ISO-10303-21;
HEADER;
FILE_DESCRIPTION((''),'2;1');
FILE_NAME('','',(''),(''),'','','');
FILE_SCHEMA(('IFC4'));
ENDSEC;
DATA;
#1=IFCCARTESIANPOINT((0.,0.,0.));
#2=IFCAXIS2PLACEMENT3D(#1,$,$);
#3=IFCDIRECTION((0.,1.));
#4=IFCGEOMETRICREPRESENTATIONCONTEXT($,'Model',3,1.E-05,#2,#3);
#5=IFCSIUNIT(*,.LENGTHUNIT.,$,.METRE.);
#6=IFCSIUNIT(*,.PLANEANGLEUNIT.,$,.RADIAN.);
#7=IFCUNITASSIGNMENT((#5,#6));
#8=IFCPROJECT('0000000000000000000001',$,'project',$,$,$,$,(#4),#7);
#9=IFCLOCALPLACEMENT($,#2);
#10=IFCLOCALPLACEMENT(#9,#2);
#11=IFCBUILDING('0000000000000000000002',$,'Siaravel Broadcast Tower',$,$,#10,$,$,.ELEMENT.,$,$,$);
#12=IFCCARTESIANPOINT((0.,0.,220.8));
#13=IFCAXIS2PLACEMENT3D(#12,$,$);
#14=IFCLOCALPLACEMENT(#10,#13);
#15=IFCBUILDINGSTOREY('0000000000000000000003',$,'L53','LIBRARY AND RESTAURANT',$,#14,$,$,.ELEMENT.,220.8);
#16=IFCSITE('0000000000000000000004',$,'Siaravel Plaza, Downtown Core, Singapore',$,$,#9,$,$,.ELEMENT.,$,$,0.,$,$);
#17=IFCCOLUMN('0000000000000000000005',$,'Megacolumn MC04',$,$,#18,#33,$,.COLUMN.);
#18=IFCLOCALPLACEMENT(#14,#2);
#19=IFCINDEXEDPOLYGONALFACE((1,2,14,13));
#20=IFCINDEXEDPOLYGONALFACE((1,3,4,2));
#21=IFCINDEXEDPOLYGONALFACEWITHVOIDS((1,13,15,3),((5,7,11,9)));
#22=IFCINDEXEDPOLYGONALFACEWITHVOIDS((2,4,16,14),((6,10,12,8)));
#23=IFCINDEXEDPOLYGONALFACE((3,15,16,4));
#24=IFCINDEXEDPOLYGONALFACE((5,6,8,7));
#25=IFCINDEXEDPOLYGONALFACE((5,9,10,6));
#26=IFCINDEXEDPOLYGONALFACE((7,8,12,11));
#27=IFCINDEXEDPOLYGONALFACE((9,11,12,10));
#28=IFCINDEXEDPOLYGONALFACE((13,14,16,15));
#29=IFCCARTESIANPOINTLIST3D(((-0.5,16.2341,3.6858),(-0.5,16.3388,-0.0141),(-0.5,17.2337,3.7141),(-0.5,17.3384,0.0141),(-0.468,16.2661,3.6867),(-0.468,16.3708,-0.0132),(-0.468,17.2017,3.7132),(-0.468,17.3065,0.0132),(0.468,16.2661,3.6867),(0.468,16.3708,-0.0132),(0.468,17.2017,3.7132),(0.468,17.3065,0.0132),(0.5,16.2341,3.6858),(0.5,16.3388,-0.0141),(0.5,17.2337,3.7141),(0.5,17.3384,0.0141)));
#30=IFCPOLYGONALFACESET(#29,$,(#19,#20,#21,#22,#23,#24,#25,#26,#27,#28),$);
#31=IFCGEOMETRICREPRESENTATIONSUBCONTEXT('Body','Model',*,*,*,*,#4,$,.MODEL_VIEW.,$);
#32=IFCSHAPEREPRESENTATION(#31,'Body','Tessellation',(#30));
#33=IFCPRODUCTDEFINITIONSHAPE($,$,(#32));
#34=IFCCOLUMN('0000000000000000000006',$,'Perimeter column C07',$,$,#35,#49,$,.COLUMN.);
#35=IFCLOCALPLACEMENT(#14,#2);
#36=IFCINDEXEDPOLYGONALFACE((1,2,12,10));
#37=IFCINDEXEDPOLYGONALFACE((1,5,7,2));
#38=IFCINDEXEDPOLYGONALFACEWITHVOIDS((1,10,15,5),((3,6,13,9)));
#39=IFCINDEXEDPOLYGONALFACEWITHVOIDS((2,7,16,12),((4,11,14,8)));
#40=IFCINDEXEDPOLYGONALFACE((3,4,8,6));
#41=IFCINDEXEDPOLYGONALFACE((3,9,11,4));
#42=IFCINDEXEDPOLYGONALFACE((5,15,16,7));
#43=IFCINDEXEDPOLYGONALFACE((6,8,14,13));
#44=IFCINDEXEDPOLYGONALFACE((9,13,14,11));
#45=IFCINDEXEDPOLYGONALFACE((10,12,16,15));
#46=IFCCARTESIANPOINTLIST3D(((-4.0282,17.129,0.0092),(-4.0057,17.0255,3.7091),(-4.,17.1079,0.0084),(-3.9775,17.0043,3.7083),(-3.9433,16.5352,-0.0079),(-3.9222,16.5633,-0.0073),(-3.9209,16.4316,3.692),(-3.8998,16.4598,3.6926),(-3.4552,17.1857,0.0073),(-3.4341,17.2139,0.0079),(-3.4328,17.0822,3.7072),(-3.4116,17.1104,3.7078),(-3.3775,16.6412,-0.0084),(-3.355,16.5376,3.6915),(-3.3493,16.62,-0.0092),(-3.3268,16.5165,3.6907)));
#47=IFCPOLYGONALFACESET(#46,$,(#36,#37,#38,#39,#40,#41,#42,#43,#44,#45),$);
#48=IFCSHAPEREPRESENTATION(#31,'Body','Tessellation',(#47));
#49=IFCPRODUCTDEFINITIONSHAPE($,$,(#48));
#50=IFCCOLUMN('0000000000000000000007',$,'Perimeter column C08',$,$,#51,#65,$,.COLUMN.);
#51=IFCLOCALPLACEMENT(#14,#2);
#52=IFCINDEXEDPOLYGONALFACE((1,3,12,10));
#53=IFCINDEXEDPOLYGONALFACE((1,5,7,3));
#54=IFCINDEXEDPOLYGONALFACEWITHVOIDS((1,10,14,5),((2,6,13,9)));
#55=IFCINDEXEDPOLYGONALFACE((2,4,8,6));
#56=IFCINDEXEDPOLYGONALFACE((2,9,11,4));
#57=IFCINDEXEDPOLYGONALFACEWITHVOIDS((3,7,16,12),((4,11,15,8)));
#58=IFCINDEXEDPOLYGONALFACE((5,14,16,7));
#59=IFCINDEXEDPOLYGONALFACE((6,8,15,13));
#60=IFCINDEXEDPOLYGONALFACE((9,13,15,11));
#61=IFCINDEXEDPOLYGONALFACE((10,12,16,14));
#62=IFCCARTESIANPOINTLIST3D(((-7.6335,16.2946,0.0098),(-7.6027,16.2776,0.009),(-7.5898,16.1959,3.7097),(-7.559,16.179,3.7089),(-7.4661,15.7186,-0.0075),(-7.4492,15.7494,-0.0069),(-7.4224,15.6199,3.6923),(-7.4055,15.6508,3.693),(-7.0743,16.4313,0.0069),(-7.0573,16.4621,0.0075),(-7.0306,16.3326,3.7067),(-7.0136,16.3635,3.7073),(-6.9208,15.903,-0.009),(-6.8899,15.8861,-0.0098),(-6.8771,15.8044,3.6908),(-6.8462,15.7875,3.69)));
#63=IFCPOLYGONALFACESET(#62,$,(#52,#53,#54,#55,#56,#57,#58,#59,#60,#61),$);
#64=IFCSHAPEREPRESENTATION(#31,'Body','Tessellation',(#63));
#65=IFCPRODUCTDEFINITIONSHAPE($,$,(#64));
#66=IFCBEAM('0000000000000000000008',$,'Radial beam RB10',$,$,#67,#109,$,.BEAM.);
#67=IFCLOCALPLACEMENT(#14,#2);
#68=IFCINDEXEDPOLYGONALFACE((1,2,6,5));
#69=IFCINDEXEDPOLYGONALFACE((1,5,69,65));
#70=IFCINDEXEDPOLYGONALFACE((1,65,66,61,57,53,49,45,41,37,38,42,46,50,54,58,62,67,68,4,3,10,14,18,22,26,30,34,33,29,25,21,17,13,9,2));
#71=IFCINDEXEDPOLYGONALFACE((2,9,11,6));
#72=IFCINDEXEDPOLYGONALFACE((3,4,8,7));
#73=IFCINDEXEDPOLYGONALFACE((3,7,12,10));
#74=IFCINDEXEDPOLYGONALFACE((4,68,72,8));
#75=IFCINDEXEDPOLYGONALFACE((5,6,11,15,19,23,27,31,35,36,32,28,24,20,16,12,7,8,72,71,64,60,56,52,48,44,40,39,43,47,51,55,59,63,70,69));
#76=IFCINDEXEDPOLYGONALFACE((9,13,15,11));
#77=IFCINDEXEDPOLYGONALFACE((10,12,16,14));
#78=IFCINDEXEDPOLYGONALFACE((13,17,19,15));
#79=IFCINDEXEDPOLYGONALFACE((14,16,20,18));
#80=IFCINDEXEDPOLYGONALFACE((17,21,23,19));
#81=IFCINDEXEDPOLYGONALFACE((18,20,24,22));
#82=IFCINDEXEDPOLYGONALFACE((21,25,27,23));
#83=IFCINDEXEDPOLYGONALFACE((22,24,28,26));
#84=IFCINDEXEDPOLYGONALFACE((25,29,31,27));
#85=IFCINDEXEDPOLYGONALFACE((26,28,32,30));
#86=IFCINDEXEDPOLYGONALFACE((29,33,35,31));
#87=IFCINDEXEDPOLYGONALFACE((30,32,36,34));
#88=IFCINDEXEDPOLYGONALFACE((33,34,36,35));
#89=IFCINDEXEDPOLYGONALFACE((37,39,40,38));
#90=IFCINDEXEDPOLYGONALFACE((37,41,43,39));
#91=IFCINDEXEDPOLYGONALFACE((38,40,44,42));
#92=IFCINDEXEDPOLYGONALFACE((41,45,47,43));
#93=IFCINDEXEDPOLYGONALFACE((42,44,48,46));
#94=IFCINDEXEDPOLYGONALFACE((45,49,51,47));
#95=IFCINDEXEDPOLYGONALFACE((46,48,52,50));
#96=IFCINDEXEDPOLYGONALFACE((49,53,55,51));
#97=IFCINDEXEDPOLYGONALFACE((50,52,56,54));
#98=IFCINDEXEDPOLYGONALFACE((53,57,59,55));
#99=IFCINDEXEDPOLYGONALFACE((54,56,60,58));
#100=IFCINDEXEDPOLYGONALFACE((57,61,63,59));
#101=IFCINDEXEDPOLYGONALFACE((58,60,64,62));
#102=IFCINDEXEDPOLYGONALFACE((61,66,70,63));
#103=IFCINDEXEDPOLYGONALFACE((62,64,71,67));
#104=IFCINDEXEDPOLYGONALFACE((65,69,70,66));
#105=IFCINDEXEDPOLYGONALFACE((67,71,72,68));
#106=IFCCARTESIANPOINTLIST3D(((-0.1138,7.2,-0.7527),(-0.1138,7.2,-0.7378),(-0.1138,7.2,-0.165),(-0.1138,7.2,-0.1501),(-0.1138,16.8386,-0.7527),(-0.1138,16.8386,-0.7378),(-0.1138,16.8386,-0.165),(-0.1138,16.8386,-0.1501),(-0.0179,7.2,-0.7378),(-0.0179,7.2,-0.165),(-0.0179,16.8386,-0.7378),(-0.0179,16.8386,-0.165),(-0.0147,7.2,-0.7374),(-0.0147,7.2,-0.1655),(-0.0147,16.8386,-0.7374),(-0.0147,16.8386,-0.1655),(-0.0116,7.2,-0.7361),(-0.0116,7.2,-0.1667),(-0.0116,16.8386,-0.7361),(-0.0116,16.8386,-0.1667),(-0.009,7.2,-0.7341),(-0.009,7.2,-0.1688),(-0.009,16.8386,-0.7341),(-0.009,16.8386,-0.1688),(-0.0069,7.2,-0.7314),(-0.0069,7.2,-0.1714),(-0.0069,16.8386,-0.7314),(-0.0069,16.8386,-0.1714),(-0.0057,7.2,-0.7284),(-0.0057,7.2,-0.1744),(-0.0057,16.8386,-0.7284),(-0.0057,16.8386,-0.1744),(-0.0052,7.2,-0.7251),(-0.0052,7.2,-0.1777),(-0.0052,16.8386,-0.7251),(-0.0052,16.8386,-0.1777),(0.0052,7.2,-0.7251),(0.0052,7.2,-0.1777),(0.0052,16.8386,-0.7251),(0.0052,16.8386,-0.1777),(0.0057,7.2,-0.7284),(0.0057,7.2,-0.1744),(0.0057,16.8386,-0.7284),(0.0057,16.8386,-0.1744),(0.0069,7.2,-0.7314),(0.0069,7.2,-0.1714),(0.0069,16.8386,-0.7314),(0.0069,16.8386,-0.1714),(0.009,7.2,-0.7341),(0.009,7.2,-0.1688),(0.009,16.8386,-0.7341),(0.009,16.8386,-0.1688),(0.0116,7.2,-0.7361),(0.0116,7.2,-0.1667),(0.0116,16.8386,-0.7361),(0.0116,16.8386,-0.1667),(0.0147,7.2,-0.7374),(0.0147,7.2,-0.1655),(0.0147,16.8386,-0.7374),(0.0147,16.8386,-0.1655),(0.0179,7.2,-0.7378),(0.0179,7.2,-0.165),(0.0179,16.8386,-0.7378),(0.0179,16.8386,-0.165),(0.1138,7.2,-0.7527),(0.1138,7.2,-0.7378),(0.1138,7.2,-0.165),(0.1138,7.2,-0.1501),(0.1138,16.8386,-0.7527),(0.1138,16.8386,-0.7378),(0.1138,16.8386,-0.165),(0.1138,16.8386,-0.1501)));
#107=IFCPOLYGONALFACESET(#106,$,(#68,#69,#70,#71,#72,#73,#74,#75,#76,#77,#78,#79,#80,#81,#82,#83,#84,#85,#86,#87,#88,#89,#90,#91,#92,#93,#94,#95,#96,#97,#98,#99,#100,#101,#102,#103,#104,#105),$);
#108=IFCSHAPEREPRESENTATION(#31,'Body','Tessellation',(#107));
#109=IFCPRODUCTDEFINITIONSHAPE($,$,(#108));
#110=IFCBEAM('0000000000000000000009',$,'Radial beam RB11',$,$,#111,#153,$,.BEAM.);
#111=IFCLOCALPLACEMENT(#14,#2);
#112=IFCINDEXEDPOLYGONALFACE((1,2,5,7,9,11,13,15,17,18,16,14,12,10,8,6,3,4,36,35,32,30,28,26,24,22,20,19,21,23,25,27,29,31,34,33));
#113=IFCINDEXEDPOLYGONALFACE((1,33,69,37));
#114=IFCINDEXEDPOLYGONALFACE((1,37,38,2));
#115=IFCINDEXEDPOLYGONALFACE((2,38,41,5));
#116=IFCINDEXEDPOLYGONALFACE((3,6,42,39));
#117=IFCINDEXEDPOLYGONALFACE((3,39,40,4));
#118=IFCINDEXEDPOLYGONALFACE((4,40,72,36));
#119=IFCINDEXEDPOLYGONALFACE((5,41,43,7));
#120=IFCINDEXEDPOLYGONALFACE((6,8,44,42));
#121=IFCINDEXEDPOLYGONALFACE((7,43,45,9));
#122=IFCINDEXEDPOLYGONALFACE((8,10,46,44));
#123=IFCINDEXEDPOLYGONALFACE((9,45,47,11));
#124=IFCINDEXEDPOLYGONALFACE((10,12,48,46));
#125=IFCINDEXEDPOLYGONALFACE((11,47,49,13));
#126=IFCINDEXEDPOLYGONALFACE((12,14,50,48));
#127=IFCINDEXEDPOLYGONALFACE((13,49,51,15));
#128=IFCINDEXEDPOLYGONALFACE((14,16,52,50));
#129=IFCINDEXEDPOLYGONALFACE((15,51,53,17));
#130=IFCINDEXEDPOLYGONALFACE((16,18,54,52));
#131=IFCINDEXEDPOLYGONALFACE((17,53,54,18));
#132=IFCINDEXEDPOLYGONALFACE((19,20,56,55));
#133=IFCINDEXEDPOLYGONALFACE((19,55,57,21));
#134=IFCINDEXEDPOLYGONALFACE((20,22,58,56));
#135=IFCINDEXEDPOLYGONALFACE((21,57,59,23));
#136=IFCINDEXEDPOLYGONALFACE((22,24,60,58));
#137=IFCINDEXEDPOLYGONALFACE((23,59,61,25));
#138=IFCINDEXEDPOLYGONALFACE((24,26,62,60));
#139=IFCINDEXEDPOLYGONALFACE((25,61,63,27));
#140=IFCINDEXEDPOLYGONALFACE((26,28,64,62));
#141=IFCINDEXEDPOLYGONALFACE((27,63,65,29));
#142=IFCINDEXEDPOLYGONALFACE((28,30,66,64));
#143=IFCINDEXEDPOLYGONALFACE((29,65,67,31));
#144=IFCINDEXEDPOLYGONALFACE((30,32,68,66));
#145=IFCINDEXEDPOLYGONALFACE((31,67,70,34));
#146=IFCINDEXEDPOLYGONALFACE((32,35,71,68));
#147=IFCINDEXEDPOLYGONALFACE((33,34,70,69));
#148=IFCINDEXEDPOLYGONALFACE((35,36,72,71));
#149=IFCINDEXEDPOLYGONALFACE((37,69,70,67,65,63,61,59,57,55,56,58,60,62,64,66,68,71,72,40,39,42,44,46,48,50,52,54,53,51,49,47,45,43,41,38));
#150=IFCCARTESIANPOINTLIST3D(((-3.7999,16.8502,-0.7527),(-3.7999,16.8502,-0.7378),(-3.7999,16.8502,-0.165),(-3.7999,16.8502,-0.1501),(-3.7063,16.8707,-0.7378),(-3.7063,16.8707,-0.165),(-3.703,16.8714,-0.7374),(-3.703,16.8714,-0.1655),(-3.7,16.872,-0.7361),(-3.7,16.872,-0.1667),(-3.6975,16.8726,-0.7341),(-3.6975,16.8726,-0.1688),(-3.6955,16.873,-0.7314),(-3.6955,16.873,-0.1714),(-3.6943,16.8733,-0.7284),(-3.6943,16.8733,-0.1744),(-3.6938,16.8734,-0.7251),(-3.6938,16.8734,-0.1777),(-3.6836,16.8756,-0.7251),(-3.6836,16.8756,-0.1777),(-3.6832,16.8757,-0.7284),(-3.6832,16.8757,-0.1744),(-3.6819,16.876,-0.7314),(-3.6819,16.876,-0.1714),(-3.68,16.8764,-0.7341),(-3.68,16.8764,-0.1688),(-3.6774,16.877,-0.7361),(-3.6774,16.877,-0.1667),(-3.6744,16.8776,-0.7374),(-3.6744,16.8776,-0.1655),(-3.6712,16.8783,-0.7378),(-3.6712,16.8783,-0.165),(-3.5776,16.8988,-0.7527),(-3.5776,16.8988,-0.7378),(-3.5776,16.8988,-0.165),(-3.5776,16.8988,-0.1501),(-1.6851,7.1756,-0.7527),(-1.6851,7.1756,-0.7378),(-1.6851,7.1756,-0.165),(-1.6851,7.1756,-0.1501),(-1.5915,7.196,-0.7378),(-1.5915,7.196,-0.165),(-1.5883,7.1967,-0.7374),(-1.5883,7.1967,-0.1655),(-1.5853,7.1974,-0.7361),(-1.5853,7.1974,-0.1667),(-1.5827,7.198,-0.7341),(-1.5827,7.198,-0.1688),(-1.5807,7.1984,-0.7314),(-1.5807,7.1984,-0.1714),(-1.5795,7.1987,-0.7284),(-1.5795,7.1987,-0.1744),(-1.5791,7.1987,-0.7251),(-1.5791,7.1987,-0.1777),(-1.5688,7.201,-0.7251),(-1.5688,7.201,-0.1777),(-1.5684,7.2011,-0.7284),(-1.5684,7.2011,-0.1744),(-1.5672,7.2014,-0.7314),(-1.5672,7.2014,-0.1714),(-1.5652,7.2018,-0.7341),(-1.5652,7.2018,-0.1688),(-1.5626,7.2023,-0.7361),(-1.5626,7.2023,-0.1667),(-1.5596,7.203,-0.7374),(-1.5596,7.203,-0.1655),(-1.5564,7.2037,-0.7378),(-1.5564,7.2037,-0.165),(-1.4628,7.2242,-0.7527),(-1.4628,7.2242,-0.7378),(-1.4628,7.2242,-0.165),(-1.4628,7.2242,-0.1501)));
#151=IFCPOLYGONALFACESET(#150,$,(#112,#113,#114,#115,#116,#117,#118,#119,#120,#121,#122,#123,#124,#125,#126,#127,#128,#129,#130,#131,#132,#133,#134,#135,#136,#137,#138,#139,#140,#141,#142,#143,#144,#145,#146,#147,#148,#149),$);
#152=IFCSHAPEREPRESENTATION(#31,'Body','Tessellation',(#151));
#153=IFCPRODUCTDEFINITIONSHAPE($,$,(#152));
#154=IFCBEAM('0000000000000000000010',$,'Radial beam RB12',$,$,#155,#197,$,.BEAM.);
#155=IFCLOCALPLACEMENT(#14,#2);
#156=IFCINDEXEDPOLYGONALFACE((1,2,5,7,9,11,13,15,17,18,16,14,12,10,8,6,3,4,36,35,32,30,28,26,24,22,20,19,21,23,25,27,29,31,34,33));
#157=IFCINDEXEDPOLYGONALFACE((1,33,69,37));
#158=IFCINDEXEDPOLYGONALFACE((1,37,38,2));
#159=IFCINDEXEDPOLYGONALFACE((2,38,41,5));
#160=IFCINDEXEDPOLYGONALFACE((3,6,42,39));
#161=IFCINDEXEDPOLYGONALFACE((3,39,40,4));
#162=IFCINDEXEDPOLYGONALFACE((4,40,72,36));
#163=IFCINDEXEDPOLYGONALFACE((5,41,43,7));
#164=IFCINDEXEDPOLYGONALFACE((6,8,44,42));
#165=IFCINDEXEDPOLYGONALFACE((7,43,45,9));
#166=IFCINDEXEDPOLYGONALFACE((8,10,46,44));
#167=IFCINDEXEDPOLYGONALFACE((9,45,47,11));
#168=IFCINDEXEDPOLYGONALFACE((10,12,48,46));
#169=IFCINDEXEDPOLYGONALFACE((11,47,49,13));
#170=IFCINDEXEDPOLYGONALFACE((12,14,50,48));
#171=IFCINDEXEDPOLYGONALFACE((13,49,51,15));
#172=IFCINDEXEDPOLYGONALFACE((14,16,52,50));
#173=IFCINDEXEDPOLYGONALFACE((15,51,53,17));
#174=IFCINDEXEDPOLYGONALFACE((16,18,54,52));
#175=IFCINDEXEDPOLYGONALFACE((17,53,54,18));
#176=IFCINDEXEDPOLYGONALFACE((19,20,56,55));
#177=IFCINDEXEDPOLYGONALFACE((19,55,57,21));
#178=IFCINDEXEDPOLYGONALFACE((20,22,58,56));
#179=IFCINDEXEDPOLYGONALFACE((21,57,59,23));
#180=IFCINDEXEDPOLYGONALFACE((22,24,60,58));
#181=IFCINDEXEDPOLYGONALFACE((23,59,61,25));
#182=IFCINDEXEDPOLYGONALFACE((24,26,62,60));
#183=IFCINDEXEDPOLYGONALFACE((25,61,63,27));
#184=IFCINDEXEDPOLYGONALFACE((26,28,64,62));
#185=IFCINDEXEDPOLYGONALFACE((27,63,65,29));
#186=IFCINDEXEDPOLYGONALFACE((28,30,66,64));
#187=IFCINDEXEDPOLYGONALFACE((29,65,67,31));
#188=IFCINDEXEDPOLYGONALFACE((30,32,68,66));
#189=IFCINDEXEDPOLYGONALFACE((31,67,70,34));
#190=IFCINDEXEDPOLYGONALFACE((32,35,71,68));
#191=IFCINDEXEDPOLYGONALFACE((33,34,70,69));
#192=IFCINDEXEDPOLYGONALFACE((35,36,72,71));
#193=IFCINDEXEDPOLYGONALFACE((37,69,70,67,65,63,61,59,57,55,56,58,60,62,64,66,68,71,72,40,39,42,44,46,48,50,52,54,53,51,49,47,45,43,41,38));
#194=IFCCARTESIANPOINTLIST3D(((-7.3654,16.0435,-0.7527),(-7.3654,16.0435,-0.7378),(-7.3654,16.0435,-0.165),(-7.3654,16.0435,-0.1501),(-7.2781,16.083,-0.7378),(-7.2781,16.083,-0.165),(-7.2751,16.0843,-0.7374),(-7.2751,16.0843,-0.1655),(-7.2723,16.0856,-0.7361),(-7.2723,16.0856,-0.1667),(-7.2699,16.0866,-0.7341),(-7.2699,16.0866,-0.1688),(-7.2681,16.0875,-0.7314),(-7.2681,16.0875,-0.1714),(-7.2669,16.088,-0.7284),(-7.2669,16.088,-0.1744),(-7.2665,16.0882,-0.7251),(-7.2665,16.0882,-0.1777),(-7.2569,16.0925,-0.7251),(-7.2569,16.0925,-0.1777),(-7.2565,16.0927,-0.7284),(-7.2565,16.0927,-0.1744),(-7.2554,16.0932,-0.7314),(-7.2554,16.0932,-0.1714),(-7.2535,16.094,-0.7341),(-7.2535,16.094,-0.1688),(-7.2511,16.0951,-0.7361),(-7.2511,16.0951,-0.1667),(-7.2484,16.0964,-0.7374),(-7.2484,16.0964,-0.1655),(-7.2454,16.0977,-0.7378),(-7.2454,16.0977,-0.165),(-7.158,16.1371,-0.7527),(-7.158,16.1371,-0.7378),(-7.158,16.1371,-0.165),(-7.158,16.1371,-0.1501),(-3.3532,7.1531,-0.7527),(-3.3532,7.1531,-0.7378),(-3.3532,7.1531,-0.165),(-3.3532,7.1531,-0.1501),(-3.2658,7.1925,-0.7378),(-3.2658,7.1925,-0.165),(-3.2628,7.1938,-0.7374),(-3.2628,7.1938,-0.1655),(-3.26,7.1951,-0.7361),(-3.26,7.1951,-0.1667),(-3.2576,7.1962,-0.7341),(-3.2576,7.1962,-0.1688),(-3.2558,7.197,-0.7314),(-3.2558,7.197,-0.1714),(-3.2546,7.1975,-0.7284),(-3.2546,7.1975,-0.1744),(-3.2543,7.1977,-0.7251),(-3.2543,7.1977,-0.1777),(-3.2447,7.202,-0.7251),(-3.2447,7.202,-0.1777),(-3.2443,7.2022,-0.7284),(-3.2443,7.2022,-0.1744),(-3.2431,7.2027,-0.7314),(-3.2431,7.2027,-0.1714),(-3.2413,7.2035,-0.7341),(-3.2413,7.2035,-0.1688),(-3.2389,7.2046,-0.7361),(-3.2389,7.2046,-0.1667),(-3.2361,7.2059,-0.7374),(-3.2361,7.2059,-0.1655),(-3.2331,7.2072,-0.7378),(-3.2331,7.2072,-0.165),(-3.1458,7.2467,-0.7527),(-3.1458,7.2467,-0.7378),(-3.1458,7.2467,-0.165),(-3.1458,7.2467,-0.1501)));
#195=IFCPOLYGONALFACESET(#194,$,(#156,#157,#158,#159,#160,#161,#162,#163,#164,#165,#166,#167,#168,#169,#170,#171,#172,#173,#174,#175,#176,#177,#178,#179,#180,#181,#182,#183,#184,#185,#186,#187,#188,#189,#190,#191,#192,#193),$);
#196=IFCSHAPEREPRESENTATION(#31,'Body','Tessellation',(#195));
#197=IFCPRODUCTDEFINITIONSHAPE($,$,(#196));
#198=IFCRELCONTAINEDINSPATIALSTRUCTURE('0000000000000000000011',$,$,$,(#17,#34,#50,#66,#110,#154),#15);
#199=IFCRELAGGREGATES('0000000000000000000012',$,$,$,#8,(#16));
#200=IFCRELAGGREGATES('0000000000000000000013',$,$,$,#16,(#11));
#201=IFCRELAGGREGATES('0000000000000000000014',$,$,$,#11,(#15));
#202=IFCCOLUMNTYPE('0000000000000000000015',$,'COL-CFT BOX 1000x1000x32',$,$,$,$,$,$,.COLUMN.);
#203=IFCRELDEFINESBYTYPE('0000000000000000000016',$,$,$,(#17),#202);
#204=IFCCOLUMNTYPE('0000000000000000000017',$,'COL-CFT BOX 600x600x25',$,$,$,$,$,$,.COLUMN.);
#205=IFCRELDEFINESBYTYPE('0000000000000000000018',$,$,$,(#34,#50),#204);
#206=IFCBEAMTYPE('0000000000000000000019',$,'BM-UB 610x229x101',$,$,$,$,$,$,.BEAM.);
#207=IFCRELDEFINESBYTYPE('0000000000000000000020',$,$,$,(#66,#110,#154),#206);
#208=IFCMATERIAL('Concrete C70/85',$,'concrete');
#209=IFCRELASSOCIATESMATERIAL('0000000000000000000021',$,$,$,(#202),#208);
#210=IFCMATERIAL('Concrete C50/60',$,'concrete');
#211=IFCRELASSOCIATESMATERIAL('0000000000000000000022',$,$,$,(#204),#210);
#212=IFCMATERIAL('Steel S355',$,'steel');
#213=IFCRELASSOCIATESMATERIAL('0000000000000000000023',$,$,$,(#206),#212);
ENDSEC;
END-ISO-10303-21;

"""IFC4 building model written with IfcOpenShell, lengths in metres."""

from ifc_helpers import new_model, si_unit, direction, frame, origin, origin_2d, place, context, subcontext, project, spatial, hollow_rectangle, i_section, extrude, material, material_profile, profile_set, type_object, element, save


model = new_model("IFC4")

# Units and contexts
model_context = context("Model", 3, precision=1e-05, world=origin(), true_north=direction((0.0, 1.0)))
body_context = subcontext(model_context, "Body", "Model", "MODEL_VIEW")
ifc_project = project(units=[si_unit("LENGTHUNIT", "METRE"), si_unit("PLANEANGLEUNIT", "RADIAN")], contexts=[model_context])

# Site, building, storey
site_placement = place(None, origin())
site = spatial("IfcSite", under=ifc_project, at=site_placement, Name="Siaravel Plaza, Downtown Core, Singapore", CompositionType="ELEMENT", RefElevation=0.0)
building_placement = place(site_placement, origin())
building = spatial("IfcBuilding", under=site, at=building_placement, Name="Siaravel Broadcast Tower", CompositionType="ELEMENT")
storey_placement = place(building_placement, frame((0.0, 0.0, 220.8)))
storey = spatial("IfcBuildingStorey", under=building, at=storey_placement, Name="L53", Description="LIBRARY AND RESTAURANT", CompositionType="ELEMENT", Elevation=220.8)

# Columns
ifc_material_1 = material(Name="Concrete C70/85", Category="concrete")
ifc_material_profile_1 = material_profile(ifc_material_1, hollow_rectangle(XDim=1.0, YDim=1.0, WallThickness=0.032, at=origin_2d()))
ifc_profile_set_1 = profile_set([ifc_material_profile_1], Name="Concrete C70/85")
column_type_1 = type_object("IfcColumnType", Name="COL-CFT BOX 1000x1000x32", PredefinedType="COLUMN", material=ifc_profile_set_1)
column_placement = place(storey_placement, frame((0.0, 16.8386, 0.0), z_axis=(0.0, -0.028296, 0.9996), x_axis=(1.0, 0.0, 0.0)))
element("IfcColumn", 1, at=column_placement, inside=storey, type_object=column_type_1, Name="Megacolumn MC04", PredefinedType="COLUMN", context=body_context, shape_type="SweptSolid", body=[
    extrude(hollow_rectangle(XDim=1.0, YDim=1.0, WallThickness=0.032, at=origin_2d()), origin(), (0.0, 0.0, 1.0), 3.7014),
])
ifc_material_2 = material(Name="Concrete C50/60", Category="concrete")
ifc_material_profile_2 = material_profile(ifc_material_2, hollow_rectangle(XDim=0.6001, YDim=0.6001, WallThickness=0.0249, at=origin_2d()))
ifc_profile_set_2 = profile_set([ifc_material_profile_2], Name="Concrete C50/60")
column_type_2 = type_object("IfcColumnType", Name="COL-CFT BOX 600x600x25", PredefinedType="COLUMN", material=ifc_profile_set_2)
for number, where, z_axis, x_axis, name in (
    (2, (-3.6887, 16.8745, 0.0), (0.006068, -0.027966, 0.99959), (0.989943, 0.141454, -0.002052), "Perimeter column C07"),
    (3, (-7.2617, 16.0903, 0.0), (0.011806, -0.026647, 0.999575), (0.960233, 0.279171, -0.003899), "Perimeter column C08"),
):
    element("IfcColumn", number, at=place(storey_placement, frame(where, z_axis=z_axis, x_axis=x_axis)), inside=storey, type_object=column_type_2, Name=name, PredefinedType="COLUMN", context=body_context, shape_type="SweptSolid", body=[
        extrude(hollow_rectangle(XDim=0.6001, YDim=0.6001, WallThickness=0.0249, at=origin_2d()), origin(), (0.0, 0.0, 1.0), 3.7014),
    ])

# Beams
ifc_material_3 = material(Name="Steel S355", Category="steel")
ifc_material_profile_3 = material_profile(ifc_material_3, i_section(OverallWidth=0.2275, OverallDepth=0.6025, WebThickness=0.0105, FlangeThickness=0.0149, FilletRadius=0.0127, at=origin_2d()))
ifc_profile_set_3 = profile_set([ifc_material_profile_3], Name="Steel S355")
beam_type = type_object("IfcBeamType", Name="BM-UB 610x229x101", PredefinedType="BEAM", material=ifc_profile_set_3)
beam_1_placement = place(storey_placement, frame((0.0, 16.8386, -0.4514), z_axis=(0.0, -1.0, 0.0), x_axis=(1.0, 0.0, 0.0)))
element("IfcBeam", 4, at=beam_1_placement, inside=storey, type_object=beam_type, Name="Radial beam RB10", PredefinedType="BEAM", context=body_context, shape_type="SweptSolid", body=[
    extrude(i_section(OverallWidth=0.2275, OverallDepth=0.6025, WebThickness=0.0105, FlangeThickness=0.0149, FilletRadius=0.0127, at=origin_2d()), origin(), (0.0, 0.0, 1.0), 9.6387),
])
beam_2_placement = place(storey_placement, frame((-3.6887, 16.8745, -0.4514), z_axis=(0.213546, -0.976933, 0.0), x_axis=(0.976933, 0.213546, 0.0)))
element("IfcBeam", 5, at=beam_2_placement, inside=storey, type_object=beam_type, Name="Radial beam RB11", PredefinedType="BEAM", context=body_context, shape_type="SweptSolid", body=[
    extrude(i_section(OverallWidth=0.2275, OverallDepth=0.6025, WebThickness=0.0105, FlangeThickness=0.0149, FilletRadius=0.0127, at=origin_2d()), origin(), (0.0, 0.0, 1.0), 9.9031),
])
beam_3_placement = place(storey_placement, frame((-7.2617, 16.0903, -0.4514), z_axis=(0.411348, -0.911478, 0.0), x_axis=(0.911478, 0.411348, 0.0)))
element("IfcBeam", 6, at=beam_3_placement, inside=storey, type_object=beam_type, Name="Radial beam RB12", PredefinedType="BEAM", context=body_context, shape_type="SweptSolid", body=[
    extrude(i_section(OverallWidth=0.2275, OverallDepth=0.6025, WebThickness=0.0105, FlangeThickness=0.0149, FilletRadius=0.0127, at=origin_2d()), origin(), (0.0, 0.0, 1.0), 9.7539),
])

save(model, "model.ifc")
